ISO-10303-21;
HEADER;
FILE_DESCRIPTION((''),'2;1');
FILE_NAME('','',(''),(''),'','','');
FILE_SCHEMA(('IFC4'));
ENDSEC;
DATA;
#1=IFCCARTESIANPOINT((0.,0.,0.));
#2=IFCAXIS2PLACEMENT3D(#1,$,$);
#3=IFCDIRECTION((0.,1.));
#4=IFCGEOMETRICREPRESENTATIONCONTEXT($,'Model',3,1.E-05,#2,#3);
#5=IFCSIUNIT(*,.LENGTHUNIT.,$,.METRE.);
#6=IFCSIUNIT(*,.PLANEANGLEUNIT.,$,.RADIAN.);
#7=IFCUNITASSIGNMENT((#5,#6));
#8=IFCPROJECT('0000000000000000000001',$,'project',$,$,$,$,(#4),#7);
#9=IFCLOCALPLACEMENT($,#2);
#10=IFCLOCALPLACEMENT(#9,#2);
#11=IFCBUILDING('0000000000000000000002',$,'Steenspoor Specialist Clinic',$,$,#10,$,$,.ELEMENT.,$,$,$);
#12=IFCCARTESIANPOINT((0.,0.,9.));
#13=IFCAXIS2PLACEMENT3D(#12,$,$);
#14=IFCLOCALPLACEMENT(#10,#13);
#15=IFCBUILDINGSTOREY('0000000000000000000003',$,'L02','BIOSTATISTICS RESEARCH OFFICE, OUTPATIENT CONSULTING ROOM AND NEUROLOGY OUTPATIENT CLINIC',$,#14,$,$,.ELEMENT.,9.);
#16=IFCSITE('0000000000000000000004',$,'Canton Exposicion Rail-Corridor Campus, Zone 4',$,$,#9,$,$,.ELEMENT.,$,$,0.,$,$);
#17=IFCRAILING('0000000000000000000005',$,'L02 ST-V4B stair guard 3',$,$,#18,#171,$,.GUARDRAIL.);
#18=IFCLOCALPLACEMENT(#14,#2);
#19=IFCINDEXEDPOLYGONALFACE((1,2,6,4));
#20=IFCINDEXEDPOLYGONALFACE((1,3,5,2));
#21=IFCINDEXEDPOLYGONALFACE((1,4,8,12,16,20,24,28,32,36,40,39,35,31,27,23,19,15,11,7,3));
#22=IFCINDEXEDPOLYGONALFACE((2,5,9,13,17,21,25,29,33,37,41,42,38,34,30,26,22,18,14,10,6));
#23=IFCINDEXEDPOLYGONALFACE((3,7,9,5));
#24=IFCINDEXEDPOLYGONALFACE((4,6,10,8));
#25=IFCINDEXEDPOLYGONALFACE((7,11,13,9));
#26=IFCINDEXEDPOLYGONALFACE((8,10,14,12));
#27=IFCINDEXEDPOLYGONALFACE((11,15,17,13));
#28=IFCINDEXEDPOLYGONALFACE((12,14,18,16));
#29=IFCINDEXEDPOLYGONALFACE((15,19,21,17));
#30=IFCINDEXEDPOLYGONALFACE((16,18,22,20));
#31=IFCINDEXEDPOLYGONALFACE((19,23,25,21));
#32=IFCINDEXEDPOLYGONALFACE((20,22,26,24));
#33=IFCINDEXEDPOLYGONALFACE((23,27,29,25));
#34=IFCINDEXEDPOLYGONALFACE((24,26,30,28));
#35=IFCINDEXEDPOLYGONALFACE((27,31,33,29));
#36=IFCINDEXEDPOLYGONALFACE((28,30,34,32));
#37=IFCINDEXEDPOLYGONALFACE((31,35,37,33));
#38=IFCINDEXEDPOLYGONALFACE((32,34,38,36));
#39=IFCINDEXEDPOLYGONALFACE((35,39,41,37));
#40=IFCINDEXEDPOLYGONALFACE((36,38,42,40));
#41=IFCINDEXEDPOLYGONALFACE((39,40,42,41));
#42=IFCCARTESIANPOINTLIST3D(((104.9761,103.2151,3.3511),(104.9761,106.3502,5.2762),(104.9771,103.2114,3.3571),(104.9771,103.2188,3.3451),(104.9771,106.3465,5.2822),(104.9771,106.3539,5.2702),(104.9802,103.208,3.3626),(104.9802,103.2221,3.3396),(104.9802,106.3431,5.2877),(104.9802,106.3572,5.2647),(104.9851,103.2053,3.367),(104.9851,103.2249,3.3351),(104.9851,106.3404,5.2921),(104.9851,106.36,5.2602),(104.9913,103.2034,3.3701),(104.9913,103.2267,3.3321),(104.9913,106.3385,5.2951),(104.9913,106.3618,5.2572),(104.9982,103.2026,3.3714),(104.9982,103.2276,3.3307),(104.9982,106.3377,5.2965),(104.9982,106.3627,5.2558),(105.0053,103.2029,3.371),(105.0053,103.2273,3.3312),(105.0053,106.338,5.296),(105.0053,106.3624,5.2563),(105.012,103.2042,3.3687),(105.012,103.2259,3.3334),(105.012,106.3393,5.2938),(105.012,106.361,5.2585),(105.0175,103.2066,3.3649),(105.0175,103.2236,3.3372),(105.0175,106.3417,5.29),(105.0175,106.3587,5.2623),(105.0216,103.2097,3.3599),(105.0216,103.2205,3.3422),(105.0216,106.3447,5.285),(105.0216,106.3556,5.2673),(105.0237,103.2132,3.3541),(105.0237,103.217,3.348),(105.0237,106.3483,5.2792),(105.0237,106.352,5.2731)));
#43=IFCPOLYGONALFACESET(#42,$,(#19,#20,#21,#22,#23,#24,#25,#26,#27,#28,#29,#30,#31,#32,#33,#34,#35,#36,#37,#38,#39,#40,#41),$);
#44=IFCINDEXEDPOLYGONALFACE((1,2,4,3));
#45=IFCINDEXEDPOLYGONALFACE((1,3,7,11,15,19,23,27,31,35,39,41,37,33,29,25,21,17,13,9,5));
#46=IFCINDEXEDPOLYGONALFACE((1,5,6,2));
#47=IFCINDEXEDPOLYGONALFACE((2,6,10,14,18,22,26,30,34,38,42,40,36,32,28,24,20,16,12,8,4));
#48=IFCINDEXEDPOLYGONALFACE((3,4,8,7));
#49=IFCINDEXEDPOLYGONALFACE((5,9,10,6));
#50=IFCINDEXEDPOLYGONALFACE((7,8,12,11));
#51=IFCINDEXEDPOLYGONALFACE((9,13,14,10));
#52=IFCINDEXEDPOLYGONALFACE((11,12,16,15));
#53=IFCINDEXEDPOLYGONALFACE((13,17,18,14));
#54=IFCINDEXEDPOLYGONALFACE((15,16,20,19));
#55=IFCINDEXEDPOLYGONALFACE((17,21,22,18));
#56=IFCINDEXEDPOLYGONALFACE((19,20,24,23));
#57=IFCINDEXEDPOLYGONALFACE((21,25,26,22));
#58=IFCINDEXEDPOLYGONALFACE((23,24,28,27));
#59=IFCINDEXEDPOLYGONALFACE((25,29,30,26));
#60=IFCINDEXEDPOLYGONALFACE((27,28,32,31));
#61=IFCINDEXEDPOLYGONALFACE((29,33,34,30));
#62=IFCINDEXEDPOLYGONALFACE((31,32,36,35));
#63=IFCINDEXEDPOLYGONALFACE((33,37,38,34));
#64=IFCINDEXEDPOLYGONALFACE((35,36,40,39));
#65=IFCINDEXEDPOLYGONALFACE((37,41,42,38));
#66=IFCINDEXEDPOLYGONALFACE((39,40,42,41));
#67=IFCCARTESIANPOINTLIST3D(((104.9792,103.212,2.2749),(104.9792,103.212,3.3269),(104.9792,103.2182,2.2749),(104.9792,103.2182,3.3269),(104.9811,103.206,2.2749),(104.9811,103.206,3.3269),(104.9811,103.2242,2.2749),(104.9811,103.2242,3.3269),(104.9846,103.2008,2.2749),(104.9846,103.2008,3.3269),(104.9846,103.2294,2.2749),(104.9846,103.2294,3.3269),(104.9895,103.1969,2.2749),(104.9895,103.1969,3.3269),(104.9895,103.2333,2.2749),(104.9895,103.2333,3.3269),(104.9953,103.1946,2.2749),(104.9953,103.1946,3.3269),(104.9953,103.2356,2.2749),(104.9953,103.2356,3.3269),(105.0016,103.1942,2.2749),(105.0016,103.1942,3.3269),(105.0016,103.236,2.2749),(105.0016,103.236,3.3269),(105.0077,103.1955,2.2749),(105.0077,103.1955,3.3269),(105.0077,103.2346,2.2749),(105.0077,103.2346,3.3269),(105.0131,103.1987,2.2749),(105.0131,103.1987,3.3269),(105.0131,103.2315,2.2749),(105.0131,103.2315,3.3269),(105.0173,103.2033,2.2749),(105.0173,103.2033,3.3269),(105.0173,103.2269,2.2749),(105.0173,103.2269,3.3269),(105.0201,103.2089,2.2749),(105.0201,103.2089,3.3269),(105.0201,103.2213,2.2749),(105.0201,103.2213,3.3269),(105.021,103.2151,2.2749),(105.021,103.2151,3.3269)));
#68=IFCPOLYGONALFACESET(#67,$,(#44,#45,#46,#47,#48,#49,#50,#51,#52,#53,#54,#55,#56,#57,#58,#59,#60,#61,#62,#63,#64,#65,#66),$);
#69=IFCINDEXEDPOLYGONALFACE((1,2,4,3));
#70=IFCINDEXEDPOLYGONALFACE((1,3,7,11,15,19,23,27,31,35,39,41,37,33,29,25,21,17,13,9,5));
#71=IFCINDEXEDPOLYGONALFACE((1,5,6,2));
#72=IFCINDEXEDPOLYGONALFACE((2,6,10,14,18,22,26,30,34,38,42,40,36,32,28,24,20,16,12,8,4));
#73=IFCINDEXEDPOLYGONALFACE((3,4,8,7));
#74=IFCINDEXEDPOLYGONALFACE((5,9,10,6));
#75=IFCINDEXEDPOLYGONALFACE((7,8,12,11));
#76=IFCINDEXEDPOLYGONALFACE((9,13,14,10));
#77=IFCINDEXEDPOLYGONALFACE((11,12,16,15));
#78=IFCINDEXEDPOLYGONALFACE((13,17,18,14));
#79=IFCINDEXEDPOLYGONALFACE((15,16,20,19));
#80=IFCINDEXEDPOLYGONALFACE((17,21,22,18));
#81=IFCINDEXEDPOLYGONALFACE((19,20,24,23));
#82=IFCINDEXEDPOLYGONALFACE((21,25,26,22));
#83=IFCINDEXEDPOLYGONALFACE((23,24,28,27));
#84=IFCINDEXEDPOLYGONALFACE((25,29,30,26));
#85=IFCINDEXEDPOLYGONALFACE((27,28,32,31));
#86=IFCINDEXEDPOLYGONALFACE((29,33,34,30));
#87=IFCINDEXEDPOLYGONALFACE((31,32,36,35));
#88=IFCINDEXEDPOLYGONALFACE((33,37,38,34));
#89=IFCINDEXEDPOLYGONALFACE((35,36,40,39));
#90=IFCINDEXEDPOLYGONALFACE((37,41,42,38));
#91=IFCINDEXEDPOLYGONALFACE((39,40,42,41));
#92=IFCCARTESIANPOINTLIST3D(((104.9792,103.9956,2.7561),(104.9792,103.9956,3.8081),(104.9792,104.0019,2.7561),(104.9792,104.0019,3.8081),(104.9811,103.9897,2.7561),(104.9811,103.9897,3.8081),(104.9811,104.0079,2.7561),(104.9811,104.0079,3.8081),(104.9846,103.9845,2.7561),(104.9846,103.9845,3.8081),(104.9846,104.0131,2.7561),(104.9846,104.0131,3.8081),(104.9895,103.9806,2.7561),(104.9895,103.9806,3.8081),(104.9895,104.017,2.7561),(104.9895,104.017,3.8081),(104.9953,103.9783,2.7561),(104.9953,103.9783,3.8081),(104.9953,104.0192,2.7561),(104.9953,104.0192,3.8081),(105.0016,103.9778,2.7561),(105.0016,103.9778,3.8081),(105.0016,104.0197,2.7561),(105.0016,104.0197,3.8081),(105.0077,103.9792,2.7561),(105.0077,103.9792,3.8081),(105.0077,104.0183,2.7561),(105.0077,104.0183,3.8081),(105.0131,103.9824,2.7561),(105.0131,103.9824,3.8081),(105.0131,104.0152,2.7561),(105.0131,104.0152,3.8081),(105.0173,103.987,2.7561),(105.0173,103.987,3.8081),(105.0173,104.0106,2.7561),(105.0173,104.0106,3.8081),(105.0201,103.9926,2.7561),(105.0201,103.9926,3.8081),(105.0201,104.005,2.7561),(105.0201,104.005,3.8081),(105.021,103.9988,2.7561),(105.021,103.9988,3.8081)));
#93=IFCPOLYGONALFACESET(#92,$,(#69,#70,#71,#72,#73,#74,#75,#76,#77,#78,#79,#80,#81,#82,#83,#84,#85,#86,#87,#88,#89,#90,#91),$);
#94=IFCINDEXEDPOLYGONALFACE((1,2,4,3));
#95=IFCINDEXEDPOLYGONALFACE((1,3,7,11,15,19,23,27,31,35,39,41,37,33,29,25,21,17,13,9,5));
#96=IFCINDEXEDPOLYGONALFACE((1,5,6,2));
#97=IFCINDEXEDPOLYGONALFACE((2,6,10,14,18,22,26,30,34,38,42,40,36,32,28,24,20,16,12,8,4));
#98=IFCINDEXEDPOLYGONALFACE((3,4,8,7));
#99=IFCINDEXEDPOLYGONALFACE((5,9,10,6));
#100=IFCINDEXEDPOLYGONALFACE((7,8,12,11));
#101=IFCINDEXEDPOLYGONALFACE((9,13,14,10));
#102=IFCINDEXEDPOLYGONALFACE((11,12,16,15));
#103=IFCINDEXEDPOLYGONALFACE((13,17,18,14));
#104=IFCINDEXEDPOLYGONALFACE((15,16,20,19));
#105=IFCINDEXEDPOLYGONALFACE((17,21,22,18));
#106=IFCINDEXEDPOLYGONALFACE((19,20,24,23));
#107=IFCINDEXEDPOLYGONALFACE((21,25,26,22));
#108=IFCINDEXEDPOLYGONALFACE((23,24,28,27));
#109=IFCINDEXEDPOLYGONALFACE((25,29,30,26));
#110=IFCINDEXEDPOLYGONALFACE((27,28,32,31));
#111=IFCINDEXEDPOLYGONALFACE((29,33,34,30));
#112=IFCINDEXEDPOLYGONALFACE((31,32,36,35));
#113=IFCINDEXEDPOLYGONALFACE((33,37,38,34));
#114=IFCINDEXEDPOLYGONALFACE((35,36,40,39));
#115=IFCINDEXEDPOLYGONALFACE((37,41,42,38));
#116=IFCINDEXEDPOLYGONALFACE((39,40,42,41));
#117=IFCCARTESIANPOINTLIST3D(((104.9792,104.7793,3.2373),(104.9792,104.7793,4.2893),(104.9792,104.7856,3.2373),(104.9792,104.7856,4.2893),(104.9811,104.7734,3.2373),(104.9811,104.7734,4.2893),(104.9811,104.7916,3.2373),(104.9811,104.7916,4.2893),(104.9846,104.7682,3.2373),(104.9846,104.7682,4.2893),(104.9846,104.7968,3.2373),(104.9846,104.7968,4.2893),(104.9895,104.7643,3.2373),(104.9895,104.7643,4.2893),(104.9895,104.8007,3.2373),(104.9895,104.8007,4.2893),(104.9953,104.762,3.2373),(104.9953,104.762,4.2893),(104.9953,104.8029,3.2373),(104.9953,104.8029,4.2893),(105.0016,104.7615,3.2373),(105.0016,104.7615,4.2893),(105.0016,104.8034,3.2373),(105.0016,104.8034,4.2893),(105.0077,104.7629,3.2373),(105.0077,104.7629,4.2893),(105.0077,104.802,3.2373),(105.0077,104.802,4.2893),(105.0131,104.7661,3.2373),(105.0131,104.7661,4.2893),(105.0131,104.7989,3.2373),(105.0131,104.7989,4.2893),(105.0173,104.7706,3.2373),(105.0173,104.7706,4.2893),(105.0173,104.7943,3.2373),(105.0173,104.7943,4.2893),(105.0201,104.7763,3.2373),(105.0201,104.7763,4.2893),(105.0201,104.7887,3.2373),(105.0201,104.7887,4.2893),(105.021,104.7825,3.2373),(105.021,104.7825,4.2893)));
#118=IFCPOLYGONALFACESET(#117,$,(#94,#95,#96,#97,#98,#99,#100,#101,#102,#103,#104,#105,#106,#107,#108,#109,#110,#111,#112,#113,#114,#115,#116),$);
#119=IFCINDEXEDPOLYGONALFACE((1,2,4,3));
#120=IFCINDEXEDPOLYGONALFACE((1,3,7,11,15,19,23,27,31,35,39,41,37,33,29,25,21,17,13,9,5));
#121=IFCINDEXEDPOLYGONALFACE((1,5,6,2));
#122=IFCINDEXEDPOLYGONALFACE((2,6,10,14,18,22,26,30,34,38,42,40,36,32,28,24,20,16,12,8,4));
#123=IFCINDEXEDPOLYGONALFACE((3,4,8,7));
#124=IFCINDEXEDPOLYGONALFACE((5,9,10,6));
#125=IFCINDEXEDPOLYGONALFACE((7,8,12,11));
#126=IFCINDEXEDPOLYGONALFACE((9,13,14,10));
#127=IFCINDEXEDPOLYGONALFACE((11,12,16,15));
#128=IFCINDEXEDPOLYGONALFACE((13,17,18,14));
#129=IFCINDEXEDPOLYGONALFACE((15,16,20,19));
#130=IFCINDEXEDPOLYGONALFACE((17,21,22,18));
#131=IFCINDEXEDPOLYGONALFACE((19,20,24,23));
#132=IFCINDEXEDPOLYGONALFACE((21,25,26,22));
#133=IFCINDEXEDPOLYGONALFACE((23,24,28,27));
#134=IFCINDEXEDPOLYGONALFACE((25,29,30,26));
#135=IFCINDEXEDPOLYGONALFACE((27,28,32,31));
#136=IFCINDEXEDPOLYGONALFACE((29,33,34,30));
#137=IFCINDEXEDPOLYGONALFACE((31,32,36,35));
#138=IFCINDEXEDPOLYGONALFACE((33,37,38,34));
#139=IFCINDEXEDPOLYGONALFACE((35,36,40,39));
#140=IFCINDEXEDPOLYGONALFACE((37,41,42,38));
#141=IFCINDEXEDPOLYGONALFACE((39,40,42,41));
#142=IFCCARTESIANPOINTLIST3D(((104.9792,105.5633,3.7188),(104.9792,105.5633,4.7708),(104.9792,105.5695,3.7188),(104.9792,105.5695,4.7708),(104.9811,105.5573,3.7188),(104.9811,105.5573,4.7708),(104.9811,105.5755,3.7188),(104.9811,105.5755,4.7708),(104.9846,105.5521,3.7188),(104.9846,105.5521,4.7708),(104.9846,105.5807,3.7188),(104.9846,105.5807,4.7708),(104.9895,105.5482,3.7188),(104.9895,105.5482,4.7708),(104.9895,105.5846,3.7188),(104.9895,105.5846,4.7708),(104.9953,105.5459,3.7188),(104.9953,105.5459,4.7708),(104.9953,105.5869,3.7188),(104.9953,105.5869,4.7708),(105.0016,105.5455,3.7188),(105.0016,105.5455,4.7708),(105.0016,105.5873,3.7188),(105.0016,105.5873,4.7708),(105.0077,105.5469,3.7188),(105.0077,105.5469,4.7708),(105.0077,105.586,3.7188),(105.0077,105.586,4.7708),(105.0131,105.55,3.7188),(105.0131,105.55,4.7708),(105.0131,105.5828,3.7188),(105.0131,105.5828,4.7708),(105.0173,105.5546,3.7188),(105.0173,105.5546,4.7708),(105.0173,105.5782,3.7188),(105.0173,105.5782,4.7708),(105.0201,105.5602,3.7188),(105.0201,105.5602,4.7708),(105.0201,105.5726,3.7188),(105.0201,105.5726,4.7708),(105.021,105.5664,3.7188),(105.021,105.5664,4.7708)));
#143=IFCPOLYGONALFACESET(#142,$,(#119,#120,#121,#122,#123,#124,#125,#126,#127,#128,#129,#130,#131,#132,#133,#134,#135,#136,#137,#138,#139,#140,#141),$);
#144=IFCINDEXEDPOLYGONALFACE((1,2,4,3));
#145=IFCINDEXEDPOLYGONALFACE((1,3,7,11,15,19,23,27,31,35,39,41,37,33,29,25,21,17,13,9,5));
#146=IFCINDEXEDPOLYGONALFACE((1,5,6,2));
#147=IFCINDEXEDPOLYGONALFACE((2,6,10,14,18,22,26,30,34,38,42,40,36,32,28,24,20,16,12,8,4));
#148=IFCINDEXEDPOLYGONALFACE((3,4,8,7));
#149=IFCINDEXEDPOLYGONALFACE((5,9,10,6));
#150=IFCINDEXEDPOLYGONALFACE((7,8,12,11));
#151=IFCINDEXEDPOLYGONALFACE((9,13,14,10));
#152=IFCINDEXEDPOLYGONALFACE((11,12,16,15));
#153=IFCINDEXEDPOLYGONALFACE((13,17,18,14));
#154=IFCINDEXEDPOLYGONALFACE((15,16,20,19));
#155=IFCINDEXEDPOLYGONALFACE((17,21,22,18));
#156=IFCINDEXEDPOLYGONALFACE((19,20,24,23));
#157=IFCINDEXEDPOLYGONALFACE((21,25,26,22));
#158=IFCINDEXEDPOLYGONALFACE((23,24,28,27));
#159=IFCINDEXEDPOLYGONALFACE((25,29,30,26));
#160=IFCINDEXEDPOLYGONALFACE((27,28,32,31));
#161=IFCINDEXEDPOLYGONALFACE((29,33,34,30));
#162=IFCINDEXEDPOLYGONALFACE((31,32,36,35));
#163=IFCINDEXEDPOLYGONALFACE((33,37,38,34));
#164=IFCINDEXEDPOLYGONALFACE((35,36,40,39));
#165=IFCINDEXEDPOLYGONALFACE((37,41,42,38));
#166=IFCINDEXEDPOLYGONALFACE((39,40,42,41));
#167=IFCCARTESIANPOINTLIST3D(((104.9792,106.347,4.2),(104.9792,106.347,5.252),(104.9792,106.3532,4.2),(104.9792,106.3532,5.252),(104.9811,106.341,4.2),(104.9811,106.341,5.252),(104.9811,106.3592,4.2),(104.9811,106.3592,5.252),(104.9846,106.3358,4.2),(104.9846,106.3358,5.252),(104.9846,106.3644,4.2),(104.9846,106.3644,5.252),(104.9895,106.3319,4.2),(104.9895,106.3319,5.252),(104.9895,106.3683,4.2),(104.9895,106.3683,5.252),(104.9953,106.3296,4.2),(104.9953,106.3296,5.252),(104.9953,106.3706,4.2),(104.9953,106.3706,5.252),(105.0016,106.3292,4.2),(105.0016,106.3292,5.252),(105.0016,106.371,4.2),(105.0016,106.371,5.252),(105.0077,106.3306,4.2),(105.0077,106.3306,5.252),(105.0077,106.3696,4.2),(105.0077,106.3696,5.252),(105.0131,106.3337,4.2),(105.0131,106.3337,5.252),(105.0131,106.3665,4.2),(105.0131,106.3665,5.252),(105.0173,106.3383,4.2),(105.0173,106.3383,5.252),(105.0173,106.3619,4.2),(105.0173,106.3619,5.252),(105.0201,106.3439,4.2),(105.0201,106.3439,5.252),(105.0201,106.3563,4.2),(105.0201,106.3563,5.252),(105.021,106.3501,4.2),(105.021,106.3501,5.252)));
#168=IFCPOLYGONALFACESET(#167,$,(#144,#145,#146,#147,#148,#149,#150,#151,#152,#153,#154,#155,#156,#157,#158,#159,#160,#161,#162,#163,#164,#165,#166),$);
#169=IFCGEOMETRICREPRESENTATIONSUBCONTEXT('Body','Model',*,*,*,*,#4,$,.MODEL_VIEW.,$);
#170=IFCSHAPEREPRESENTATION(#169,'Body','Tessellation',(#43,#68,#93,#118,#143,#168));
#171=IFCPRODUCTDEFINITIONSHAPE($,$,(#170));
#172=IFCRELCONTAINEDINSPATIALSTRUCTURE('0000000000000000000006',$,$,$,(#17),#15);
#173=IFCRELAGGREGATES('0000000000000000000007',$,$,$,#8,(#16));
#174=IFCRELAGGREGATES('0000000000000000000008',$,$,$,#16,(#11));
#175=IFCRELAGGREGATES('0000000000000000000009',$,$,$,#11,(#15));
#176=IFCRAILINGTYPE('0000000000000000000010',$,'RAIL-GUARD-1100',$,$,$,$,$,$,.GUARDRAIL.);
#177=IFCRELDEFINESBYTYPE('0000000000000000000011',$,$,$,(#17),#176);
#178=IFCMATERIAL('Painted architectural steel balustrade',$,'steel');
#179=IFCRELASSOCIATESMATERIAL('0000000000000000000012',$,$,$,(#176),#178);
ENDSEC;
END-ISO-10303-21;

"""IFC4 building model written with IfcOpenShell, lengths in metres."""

from ifc_helpers import new_model, si_unit, direction, frame, origin, origin_2d, place, context, subcontext, project, spatial, circle, extrude, material, type_object, element, save


model = new_model("IFC4")

# Units and contexts
model_context = context("Model", 3, precision=1e-05, world=origin(), true_north=direction((0.0, 1.0)))
body_context = subcontext(model_context, "Body", "Model", "MODEL_VIEW")
ifc_project = project(units=[si_unit("LENGTHUNIT", "METRE"), si_unit("PLANEANGLEUNIT", "RADIAN")], contexts=[model_context])

# Site, building, storey
site_placement = place(None, origin())
site = spatial("IfcSite", under=ifc_project, at=site_placement, Name="Canton Exposicion Rail-Corridor Campus, Zone 4", CompositionType="ELEMENT", RefElevation=0.0)
building_placement = place(site_placement, origin())
building = spatial("IfcBuilding", under=site, at=building_placement, Name="Steenspoor Specialist Clinic", CompositionType="ELEMENT")
storey_placement = place(building_placement, frame((0.0, 0.0, 9.0)))
storey = spatial("IfcBuildingStorey", under=building, at=storey_placement, Name="L02", Description="BIOSTATISTICS RESEARCH OFFICE, OUTPATIENT CONSULTING ROOM AND NEUROLOGY OUTPATIENT CLINIC", CompositionType="ELEMENT", Elevation=9.0)

# Railing
ifc_material_1 = material(Name="Painted architectural steel balustrade", Category="steel")
railing_type_1 = type_object("IfcRailingType", Name="RAIL-GUARD-1100", PredefinedType="GUARDRAIL", material=ifc_material_1)
railing_1_placement = place(storey_placement, frame((105.0, 103.2151, 2.2749)))
element("IfcRailing", 1, at=railing_1_placement, inside=storey, type_object=railing_type_1, Name="L02 ST-V4B stair guard 3", PredefinedType="GUARDRAIL", context=body_context, shape_type="SweptSolid", body=[
    extrude(circle(Radius=0.0239, at=origin_2d()), frame((0.0, 0.0, 1.0762), z_axis=(0.0, 0.852166, 0.523271), x_axis=(-1.0, 0.0, 0.0)), (0.0, 0.0, 1.0), 3.679),
    extrude(circle(Radius=0.021, at=origin_2d()), origin(), (0.0, 0.0, 1.0), 1.052),
    extrude(circle(Radius=0.021, at=origin_2d()), frame((0.0, 0.7837, 0.4812)), (0.0, 0.0, 1.0), 1.052),
    extrude(circle(Radius=0.021, at=origin_2d()), frame((0.0, 1.5674, 0.9624)), (0.0, 0.0, 1.0), 1.052),
    extrude(circle(Radius=0.021, at=origin_2d()), frame((0.0, 2.3513, 1.4438)), (0.0, 0.0, 1.0), 1.052),
    extrude(circle(Radius=0.021, at=origin_2d()), frame((0.0, 3.135, 1.925)), (0.0, 0.0, 1.0), 1.052),
])

save(model, "model.ifc")
